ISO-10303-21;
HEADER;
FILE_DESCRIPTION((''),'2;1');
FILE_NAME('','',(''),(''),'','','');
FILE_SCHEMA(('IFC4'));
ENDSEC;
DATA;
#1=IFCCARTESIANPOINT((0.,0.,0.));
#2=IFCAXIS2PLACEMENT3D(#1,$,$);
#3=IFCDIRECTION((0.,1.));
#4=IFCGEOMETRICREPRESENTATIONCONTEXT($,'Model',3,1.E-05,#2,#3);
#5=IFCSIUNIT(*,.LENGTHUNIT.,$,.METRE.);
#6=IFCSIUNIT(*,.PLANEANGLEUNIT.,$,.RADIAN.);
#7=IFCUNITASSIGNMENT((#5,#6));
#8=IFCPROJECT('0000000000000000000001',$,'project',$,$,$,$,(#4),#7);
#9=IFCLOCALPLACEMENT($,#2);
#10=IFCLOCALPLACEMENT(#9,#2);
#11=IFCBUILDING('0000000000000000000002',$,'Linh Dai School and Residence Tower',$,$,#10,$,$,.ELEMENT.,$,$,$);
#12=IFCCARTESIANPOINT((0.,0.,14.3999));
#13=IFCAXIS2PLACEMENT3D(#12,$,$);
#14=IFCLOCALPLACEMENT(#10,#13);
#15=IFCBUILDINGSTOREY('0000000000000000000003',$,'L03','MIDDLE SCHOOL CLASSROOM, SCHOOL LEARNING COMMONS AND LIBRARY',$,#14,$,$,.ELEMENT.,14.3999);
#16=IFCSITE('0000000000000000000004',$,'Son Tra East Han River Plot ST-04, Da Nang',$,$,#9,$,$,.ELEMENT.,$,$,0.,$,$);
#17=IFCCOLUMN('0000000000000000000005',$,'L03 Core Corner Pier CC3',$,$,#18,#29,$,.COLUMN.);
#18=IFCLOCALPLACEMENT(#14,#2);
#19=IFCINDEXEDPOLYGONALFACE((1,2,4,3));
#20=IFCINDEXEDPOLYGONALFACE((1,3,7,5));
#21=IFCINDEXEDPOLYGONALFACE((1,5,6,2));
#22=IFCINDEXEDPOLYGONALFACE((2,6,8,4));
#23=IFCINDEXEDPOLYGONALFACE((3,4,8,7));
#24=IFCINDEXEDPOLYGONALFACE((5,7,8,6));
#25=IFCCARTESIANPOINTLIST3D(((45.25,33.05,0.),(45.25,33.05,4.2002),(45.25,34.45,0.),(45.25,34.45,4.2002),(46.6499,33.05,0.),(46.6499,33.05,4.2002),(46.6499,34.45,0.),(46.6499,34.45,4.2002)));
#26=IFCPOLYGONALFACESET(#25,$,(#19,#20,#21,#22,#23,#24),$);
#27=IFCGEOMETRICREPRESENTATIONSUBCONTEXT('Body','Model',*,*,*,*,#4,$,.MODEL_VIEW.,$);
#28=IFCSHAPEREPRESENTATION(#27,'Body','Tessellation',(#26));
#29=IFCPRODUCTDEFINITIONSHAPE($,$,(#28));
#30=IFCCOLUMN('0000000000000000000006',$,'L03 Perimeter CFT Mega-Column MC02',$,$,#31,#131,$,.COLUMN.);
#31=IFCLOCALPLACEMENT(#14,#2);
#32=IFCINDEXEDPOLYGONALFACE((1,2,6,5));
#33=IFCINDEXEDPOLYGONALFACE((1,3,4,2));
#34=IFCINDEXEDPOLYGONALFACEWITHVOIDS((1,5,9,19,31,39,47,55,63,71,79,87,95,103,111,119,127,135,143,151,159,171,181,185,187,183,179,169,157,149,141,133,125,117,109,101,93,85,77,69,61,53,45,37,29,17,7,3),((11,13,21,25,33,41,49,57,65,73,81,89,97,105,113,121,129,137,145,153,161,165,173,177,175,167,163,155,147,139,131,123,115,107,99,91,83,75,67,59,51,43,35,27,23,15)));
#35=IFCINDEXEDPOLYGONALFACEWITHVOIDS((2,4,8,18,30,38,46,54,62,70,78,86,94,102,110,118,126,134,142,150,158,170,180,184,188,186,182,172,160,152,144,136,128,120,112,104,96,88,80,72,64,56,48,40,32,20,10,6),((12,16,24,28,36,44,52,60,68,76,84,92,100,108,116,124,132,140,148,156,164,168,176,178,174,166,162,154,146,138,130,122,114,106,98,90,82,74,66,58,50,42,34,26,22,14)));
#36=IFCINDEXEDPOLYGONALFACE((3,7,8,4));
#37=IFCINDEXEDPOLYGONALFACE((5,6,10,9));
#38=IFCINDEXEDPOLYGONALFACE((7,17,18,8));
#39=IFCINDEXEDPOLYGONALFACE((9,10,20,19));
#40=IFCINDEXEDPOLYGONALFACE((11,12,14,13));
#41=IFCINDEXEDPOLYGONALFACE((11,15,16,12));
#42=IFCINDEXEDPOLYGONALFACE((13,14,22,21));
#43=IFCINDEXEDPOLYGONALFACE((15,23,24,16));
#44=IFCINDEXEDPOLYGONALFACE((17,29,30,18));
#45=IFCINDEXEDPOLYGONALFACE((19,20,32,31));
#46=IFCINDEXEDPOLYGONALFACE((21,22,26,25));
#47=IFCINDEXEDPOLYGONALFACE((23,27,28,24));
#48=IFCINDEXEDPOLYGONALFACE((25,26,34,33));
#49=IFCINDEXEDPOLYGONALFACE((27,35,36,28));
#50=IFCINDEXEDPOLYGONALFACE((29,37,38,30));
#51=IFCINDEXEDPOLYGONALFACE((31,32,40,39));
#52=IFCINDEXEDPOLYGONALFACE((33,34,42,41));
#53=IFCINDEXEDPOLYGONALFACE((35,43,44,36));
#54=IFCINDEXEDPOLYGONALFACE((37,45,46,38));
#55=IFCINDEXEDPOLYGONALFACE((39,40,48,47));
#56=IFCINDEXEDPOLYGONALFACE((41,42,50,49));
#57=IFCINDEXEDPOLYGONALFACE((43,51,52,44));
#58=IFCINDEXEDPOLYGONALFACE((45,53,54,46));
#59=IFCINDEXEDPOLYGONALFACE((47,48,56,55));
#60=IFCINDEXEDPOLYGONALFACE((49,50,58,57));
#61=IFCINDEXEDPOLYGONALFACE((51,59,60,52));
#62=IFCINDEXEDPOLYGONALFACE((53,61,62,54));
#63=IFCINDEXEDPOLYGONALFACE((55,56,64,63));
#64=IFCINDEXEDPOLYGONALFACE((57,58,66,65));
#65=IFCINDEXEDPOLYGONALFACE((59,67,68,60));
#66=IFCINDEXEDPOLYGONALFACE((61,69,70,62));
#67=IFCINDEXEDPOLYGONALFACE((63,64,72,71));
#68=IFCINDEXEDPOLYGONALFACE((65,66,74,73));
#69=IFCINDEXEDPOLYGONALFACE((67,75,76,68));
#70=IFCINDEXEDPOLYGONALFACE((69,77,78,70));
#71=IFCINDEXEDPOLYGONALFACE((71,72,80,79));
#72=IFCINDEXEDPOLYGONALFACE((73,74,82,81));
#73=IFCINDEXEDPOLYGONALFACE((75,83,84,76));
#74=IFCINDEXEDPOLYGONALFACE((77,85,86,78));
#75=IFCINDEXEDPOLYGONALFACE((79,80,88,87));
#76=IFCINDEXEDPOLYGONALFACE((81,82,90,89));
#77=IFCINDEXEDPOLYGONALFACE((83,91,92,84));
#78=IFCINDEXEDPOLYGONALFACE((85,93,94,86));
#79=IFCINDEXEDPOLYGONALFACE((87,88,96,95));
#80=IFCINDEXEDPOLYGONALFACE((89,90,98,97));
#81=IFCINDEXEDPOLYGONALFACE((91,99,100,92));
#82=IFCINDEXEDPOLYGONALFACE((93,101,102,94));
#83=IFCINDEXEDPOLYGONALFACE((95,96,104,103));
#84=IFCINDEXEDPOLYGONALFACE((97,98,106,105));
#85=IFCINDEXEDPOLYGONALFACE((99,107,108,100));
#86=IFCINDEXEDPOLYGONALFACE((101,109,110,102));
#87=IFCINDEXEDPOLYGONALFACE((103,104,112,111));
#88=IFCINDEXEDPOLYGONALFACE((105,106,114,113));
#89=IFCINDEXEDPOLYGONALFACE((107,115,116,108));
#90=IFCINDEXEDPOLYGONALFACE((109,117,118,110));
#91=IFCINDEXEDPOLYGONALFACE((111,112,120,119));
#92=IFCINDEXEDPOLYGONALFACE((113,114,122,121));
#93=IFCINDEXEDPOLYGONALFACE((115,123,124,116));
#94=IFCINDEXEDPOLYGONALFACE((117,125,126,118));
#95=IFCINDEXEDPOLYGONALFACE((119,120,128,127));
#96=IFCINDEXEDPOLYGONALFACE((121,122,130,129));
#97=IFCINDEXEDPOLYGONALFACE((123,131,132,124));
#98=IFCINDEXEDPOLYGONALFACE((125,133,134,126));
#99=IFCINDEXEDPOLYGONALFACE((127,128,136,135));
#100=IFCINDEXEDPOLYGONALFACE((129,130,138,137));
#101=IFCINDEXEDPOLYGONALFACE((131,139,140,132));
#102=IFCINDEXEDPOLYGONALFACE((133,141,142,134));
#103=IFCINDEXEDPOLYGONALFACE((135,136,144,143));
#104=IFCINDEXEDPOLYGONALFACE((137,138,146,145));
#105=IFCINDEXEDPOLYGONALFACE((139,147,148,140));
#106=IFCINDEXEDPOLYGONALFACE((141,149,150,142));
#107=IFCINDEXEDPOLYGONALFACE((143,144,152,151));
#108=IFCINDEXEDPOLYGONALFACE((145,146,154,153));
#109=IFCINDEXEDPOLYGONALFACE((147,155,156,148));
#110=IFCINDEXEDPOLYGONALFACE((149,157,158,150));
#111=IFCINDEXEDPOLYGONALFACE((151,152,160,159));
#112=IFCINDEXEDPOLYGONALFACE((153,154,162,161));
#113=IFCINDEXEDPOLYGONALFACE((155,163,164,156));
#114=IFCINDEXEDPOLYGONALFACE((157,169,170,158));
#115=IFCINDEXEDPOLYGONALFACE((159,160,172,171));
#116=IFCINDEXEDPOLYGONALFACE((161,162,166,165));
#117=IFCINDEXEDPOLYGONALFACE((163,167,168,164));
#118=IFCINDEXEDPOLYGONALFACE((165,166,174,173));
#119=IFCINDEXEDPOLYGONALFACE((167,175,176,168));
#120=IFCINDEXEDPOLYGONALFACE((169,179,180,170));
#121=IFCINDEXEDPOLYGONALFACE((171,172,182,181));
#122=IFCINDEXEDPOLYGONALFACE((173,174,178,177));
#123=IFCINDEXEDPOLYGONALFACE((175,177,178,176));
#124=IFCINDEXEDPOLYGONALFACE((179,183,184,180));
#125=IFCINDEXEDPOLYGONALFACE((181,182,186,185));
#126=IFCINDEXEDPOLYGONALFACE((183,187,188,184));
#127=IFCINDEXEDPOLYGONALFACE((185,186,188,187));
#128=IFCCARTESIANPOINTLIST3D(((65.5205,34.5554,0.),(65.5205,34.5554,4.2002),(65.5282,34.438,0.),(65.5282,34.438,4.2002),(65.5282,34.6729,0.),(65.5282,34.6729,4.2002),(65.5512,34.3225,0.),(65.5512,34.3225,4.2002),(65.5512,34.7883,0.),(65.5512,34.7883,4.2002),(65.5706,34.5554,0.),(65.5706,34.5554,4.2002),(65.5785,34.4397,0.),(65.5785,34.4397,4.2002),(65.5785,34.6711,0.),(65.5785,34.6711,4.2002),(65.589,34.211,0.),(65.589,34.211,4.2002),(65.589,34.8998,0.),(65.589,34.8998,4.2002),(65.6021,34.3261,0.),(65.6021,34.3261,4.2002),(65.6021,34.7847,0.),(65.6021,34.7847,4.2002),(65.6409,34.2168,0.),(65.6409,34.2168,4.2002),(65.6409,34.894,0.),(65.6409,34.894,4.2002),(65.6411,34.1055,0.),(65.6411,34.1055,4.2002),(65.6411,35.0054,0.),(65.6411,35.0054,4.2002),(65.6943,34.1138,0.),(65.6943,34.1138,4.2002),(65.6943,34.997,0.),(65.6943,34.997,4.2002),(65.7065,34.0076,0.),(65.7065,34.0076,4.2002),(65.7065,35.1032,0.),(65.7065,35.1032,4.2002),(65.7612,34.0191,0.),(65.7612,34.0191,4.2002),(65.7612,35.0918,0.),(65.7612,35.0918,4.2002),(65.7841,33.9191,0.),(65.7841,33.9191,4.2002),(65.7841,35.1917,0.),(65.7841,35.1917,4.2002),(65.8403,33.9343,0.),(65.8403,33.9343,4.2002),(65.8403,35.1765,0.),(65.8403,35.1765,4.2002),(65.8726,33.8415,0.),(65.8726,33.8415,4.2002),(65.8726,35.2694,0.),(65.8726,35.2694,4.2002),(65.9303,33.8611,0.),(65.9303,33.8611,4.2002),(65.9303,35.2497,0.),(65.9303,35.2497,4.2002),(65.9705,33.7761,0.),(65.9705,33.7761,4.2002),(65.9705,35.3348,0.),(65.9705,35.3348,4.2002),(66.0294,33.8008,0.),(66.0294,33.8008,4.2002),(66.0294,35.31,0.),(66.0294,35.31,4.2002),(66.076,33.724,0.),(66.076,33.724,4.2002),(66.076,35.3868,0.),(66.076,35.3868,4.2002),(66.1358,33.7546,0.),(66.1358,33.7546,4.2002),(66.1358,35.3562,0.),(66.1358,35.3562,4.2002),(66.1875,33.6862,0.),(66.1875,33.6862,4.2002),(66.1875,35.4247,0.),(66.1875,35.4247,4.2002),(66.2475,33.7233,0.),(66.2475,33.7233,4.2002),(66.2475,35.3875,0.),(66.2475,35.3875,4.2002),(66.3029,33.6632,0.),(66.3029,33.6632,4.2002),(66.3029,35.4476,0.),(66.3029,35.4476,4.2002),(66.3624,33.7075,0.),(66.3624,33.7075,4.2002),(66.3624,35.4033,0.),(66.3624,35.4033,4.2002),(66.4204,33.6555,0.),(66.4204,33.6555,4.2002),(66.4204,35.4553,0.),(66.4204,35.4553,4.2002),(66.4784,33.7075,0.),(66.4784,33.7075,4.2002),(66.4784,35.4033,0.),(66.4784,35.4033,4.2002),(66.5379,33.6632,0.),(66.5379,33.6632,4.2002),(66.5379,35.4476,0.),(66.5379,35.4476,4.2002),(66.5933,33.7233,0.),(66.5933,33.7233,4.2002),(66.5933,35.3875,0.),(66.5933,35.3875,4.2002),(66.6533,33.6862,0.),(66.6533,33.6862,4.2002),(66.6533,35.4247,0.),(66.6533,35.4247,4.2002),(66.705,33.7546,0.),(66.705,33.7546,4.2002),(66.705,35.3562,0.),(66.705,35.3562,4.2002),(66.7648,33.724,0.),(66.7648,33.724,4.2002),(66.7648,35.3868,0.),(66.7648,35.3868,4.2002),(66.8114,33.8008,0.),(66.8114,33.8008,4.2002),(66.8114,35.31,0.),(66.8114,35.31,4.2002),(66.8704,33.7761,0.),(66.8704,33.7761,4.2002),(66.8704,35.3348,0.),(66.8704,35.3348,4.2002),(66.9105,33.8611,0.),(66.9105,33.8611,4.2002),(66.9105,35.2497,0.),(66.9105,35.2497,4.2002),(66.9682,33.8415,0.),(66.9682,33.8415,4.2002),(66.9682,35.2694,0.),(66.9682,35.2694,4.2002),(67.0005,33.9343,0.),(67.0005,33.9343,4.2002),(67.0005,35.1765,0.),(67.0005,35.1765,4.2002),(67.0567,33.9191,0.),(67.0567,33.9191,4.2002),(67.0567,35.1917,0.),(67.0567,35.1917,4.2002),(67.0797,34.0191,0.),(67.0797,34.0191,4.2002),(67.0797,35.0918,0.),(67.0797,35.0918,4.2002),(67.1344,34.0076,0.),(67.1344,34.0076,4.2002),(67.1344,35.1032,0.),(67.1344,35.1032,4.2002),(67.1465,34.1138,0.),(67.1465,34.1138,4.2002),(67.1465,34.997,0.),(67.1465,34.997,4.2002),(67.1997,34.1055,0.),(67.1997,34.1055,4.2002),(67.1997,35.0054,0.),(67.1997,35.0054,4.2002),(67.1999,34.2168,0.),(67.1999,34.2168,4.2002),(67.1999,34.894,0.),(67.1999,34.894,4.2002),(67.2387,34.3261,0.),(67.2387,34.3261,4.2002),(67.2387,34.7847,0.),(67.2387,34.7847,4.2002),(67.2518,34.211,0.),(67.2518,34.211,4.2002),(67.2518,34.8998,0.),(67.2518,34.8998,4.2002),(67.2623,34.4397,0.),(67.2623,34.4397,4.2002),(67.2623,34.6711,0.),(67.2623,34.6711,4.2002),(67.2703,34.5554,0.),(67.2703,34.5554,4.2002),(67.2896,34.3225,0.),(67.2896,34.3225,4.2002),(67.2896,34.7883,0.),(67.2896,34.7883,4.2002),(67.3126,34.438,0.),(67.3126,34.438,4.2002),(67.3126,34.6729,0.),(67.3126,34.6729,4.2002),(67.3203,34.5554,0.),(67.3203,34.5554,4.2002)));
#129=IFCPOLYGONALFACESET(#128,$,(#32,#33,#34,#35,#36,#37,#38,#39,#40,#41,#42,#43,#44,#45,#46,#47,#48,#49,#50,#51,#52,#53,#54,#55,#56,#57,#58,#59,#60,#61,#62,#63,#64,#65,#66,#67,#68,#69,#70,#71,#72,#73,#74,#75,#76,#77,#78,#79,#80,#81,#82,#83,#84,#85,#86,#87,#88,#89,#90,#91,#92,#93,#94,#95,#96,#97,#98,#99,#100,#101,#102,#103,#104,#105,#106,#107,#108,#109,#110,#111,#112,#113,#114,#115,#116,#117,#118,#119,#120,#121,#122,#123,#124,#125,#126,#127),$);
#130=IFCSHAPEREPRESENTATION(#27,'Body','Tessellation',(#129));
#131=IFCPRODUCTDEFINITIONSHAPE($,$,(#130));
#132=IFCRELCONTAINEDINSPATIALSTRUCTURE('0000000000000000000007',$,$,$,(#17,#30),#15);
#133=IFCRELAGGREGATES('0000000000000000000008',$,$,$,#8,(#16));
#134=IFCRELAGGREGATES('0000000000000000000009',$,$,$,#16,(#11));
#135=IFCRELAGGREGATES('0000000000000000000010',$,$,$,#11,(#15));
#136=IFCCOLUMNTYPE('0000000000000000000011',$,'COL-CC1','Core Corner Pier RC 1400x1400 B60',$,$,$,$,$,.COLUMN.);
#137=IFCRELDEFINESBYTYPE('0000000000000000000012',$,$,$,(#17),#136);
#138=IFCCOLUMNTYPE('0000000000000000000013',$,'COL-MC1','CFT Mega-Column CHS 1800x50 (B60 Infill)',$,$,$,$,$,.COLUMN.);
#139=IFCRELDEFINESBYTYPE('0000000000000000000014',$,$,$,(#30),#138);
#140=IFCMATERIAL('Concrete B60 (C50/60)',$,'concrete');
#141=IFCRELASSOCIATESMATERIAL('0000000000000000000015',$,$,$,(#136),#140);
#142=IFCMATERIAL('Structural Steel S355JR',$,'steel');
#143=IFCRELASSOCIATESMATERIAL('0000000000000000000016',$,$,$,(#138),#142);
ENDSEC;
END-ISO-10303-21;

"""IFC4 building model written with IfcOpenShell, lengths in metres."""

from ifc_helpers import new_model, si_unit, direction, frame, origin, origin_2d, place, context, subcontext, project, spatial, rectangle, hollow_circle, extrude, material, material_profile, profile_set, type_object, element, save


model = new_model("IFC4")

# Units and contexts
model_context = context("Model", 3, precision=1e-05, world=origin(), true_north=direction((0.0, 1.0)))
body_context = subcontext(model_context, "Body", "Model", "MODEL_VIEW")
ifc_project = project(units=[si_unit("LENGTHUNIT", "METRE"), si_unit("PLANEANGLEUNIT", "RADIAN")], contexts=[model_context])

# Site, building, storey
site_placement = place(None, origin())
site = spatial("IfcSite", under=ifc_project, at=site_placement, Name="Son Tra East Han River Plot ST-04, Da Nang", CompositionType="ELEMENT", RefElevation=0.0)
building_placement = place(site_placement, origin())
building = spatial("IfcBuilding", under=site, at=building_placement, Name="Linh Dai School and Residence Tower", CompositionType="ELEMENT")
storey_placement = place(building_placement, frame((0.0, 0.0, 14.3999)))
storey = spatial("IfcBuildingStorey", under=building, at=storey_placement, Name="L03", Description="MIDDLE SCHOOL CLASSROOM, SCHOOL LEARNING COMMONS AND LIBRARY", CompositionType="ELEMENT", Elevation=14.3999)

# Columns
ifc_material_1 = material(Name="Concrete B60 (C50/60)", Category="concrete")
ifc_material_profile_1 = material_profile(ifc_material_1, rectangle(XDim=1.3999, YDim=1.3999, at=origin_2d()), Name="RC 1400x1400")
ifc_profile_set_1 = profile_set([ifc_material_profile_1], Name="Concrete B60 (C50/60)")
column_type_1 = type_object("IfcColumnType", Name="COL-CC1", Description="Core Corner Pier RC 1400x1400 B60", PredefinedType="COLUMN", material=ifc_profile_set_1)
column_placement = place(storey_placement, frame((45.95, 33.75, 0.0), z_axis=(0.0, 0.0, 1.0), x_axis=(1.0, 0.0, 0.0)))
element("IfcColumn", 1, at=column_placement, inside=storey, type_object=column_type_1, Name="L03 Core Corner Pier CC3", PredefinedType="COLUMN", context=body_context, shape_type="SweptSolid", body=[
    extrude(rectangle(XDim=1.3999, YDim=1.3999, at=origin_2d()), origin(), (0.0, 0.0, 1.0), 4.2002),
])
ifc_material_2 = material(Name="Structural Steel S355JR", Category="steel")
ifc_material_profile_2 = material_profile(ifc_material_2, hollow_circle(Radius=0.8999, WallThickness=0.05, at=origin_2d()), Name="CHS 1800x50")
ifc_profile_set_2 = profile_set([ifc_material_profile_2], Name="Structural Steel S355JR")
column_type_2 = type_object("IfcColumnType", Name="COL-MC1", Description="CFT Mega-Column CHS 1800x50 (B60 Infill)", PredefinedType="COLUMN", material=ifc_profile_set_2)
for number, where, z_axis, x_axis, name in (
    (2, (66.4204, 34.5554, 0.0), (0.0, 0.0, 1.0), (1.0, 0.0, 0.0), "L03 Perimeter CFT Mega-Column MC02"),
):
    element("IfcColumn", number, at=place(storey_placement, frame(where, z_axis=z_axis, x_axis=x_axis)), inside=storey, type_object=column_type_2, Name=name, PredefinedType="COLUMN", context=body_context, shape_type="SweptSolid", body=[
        extrude(hollow_circle(Radius=0.8999, WallThickness=0.05, at=origin_2d()), origin(), (0.0, 0.0, 1.0), 4.2002),
    ])

save(model, "model.ifc")
